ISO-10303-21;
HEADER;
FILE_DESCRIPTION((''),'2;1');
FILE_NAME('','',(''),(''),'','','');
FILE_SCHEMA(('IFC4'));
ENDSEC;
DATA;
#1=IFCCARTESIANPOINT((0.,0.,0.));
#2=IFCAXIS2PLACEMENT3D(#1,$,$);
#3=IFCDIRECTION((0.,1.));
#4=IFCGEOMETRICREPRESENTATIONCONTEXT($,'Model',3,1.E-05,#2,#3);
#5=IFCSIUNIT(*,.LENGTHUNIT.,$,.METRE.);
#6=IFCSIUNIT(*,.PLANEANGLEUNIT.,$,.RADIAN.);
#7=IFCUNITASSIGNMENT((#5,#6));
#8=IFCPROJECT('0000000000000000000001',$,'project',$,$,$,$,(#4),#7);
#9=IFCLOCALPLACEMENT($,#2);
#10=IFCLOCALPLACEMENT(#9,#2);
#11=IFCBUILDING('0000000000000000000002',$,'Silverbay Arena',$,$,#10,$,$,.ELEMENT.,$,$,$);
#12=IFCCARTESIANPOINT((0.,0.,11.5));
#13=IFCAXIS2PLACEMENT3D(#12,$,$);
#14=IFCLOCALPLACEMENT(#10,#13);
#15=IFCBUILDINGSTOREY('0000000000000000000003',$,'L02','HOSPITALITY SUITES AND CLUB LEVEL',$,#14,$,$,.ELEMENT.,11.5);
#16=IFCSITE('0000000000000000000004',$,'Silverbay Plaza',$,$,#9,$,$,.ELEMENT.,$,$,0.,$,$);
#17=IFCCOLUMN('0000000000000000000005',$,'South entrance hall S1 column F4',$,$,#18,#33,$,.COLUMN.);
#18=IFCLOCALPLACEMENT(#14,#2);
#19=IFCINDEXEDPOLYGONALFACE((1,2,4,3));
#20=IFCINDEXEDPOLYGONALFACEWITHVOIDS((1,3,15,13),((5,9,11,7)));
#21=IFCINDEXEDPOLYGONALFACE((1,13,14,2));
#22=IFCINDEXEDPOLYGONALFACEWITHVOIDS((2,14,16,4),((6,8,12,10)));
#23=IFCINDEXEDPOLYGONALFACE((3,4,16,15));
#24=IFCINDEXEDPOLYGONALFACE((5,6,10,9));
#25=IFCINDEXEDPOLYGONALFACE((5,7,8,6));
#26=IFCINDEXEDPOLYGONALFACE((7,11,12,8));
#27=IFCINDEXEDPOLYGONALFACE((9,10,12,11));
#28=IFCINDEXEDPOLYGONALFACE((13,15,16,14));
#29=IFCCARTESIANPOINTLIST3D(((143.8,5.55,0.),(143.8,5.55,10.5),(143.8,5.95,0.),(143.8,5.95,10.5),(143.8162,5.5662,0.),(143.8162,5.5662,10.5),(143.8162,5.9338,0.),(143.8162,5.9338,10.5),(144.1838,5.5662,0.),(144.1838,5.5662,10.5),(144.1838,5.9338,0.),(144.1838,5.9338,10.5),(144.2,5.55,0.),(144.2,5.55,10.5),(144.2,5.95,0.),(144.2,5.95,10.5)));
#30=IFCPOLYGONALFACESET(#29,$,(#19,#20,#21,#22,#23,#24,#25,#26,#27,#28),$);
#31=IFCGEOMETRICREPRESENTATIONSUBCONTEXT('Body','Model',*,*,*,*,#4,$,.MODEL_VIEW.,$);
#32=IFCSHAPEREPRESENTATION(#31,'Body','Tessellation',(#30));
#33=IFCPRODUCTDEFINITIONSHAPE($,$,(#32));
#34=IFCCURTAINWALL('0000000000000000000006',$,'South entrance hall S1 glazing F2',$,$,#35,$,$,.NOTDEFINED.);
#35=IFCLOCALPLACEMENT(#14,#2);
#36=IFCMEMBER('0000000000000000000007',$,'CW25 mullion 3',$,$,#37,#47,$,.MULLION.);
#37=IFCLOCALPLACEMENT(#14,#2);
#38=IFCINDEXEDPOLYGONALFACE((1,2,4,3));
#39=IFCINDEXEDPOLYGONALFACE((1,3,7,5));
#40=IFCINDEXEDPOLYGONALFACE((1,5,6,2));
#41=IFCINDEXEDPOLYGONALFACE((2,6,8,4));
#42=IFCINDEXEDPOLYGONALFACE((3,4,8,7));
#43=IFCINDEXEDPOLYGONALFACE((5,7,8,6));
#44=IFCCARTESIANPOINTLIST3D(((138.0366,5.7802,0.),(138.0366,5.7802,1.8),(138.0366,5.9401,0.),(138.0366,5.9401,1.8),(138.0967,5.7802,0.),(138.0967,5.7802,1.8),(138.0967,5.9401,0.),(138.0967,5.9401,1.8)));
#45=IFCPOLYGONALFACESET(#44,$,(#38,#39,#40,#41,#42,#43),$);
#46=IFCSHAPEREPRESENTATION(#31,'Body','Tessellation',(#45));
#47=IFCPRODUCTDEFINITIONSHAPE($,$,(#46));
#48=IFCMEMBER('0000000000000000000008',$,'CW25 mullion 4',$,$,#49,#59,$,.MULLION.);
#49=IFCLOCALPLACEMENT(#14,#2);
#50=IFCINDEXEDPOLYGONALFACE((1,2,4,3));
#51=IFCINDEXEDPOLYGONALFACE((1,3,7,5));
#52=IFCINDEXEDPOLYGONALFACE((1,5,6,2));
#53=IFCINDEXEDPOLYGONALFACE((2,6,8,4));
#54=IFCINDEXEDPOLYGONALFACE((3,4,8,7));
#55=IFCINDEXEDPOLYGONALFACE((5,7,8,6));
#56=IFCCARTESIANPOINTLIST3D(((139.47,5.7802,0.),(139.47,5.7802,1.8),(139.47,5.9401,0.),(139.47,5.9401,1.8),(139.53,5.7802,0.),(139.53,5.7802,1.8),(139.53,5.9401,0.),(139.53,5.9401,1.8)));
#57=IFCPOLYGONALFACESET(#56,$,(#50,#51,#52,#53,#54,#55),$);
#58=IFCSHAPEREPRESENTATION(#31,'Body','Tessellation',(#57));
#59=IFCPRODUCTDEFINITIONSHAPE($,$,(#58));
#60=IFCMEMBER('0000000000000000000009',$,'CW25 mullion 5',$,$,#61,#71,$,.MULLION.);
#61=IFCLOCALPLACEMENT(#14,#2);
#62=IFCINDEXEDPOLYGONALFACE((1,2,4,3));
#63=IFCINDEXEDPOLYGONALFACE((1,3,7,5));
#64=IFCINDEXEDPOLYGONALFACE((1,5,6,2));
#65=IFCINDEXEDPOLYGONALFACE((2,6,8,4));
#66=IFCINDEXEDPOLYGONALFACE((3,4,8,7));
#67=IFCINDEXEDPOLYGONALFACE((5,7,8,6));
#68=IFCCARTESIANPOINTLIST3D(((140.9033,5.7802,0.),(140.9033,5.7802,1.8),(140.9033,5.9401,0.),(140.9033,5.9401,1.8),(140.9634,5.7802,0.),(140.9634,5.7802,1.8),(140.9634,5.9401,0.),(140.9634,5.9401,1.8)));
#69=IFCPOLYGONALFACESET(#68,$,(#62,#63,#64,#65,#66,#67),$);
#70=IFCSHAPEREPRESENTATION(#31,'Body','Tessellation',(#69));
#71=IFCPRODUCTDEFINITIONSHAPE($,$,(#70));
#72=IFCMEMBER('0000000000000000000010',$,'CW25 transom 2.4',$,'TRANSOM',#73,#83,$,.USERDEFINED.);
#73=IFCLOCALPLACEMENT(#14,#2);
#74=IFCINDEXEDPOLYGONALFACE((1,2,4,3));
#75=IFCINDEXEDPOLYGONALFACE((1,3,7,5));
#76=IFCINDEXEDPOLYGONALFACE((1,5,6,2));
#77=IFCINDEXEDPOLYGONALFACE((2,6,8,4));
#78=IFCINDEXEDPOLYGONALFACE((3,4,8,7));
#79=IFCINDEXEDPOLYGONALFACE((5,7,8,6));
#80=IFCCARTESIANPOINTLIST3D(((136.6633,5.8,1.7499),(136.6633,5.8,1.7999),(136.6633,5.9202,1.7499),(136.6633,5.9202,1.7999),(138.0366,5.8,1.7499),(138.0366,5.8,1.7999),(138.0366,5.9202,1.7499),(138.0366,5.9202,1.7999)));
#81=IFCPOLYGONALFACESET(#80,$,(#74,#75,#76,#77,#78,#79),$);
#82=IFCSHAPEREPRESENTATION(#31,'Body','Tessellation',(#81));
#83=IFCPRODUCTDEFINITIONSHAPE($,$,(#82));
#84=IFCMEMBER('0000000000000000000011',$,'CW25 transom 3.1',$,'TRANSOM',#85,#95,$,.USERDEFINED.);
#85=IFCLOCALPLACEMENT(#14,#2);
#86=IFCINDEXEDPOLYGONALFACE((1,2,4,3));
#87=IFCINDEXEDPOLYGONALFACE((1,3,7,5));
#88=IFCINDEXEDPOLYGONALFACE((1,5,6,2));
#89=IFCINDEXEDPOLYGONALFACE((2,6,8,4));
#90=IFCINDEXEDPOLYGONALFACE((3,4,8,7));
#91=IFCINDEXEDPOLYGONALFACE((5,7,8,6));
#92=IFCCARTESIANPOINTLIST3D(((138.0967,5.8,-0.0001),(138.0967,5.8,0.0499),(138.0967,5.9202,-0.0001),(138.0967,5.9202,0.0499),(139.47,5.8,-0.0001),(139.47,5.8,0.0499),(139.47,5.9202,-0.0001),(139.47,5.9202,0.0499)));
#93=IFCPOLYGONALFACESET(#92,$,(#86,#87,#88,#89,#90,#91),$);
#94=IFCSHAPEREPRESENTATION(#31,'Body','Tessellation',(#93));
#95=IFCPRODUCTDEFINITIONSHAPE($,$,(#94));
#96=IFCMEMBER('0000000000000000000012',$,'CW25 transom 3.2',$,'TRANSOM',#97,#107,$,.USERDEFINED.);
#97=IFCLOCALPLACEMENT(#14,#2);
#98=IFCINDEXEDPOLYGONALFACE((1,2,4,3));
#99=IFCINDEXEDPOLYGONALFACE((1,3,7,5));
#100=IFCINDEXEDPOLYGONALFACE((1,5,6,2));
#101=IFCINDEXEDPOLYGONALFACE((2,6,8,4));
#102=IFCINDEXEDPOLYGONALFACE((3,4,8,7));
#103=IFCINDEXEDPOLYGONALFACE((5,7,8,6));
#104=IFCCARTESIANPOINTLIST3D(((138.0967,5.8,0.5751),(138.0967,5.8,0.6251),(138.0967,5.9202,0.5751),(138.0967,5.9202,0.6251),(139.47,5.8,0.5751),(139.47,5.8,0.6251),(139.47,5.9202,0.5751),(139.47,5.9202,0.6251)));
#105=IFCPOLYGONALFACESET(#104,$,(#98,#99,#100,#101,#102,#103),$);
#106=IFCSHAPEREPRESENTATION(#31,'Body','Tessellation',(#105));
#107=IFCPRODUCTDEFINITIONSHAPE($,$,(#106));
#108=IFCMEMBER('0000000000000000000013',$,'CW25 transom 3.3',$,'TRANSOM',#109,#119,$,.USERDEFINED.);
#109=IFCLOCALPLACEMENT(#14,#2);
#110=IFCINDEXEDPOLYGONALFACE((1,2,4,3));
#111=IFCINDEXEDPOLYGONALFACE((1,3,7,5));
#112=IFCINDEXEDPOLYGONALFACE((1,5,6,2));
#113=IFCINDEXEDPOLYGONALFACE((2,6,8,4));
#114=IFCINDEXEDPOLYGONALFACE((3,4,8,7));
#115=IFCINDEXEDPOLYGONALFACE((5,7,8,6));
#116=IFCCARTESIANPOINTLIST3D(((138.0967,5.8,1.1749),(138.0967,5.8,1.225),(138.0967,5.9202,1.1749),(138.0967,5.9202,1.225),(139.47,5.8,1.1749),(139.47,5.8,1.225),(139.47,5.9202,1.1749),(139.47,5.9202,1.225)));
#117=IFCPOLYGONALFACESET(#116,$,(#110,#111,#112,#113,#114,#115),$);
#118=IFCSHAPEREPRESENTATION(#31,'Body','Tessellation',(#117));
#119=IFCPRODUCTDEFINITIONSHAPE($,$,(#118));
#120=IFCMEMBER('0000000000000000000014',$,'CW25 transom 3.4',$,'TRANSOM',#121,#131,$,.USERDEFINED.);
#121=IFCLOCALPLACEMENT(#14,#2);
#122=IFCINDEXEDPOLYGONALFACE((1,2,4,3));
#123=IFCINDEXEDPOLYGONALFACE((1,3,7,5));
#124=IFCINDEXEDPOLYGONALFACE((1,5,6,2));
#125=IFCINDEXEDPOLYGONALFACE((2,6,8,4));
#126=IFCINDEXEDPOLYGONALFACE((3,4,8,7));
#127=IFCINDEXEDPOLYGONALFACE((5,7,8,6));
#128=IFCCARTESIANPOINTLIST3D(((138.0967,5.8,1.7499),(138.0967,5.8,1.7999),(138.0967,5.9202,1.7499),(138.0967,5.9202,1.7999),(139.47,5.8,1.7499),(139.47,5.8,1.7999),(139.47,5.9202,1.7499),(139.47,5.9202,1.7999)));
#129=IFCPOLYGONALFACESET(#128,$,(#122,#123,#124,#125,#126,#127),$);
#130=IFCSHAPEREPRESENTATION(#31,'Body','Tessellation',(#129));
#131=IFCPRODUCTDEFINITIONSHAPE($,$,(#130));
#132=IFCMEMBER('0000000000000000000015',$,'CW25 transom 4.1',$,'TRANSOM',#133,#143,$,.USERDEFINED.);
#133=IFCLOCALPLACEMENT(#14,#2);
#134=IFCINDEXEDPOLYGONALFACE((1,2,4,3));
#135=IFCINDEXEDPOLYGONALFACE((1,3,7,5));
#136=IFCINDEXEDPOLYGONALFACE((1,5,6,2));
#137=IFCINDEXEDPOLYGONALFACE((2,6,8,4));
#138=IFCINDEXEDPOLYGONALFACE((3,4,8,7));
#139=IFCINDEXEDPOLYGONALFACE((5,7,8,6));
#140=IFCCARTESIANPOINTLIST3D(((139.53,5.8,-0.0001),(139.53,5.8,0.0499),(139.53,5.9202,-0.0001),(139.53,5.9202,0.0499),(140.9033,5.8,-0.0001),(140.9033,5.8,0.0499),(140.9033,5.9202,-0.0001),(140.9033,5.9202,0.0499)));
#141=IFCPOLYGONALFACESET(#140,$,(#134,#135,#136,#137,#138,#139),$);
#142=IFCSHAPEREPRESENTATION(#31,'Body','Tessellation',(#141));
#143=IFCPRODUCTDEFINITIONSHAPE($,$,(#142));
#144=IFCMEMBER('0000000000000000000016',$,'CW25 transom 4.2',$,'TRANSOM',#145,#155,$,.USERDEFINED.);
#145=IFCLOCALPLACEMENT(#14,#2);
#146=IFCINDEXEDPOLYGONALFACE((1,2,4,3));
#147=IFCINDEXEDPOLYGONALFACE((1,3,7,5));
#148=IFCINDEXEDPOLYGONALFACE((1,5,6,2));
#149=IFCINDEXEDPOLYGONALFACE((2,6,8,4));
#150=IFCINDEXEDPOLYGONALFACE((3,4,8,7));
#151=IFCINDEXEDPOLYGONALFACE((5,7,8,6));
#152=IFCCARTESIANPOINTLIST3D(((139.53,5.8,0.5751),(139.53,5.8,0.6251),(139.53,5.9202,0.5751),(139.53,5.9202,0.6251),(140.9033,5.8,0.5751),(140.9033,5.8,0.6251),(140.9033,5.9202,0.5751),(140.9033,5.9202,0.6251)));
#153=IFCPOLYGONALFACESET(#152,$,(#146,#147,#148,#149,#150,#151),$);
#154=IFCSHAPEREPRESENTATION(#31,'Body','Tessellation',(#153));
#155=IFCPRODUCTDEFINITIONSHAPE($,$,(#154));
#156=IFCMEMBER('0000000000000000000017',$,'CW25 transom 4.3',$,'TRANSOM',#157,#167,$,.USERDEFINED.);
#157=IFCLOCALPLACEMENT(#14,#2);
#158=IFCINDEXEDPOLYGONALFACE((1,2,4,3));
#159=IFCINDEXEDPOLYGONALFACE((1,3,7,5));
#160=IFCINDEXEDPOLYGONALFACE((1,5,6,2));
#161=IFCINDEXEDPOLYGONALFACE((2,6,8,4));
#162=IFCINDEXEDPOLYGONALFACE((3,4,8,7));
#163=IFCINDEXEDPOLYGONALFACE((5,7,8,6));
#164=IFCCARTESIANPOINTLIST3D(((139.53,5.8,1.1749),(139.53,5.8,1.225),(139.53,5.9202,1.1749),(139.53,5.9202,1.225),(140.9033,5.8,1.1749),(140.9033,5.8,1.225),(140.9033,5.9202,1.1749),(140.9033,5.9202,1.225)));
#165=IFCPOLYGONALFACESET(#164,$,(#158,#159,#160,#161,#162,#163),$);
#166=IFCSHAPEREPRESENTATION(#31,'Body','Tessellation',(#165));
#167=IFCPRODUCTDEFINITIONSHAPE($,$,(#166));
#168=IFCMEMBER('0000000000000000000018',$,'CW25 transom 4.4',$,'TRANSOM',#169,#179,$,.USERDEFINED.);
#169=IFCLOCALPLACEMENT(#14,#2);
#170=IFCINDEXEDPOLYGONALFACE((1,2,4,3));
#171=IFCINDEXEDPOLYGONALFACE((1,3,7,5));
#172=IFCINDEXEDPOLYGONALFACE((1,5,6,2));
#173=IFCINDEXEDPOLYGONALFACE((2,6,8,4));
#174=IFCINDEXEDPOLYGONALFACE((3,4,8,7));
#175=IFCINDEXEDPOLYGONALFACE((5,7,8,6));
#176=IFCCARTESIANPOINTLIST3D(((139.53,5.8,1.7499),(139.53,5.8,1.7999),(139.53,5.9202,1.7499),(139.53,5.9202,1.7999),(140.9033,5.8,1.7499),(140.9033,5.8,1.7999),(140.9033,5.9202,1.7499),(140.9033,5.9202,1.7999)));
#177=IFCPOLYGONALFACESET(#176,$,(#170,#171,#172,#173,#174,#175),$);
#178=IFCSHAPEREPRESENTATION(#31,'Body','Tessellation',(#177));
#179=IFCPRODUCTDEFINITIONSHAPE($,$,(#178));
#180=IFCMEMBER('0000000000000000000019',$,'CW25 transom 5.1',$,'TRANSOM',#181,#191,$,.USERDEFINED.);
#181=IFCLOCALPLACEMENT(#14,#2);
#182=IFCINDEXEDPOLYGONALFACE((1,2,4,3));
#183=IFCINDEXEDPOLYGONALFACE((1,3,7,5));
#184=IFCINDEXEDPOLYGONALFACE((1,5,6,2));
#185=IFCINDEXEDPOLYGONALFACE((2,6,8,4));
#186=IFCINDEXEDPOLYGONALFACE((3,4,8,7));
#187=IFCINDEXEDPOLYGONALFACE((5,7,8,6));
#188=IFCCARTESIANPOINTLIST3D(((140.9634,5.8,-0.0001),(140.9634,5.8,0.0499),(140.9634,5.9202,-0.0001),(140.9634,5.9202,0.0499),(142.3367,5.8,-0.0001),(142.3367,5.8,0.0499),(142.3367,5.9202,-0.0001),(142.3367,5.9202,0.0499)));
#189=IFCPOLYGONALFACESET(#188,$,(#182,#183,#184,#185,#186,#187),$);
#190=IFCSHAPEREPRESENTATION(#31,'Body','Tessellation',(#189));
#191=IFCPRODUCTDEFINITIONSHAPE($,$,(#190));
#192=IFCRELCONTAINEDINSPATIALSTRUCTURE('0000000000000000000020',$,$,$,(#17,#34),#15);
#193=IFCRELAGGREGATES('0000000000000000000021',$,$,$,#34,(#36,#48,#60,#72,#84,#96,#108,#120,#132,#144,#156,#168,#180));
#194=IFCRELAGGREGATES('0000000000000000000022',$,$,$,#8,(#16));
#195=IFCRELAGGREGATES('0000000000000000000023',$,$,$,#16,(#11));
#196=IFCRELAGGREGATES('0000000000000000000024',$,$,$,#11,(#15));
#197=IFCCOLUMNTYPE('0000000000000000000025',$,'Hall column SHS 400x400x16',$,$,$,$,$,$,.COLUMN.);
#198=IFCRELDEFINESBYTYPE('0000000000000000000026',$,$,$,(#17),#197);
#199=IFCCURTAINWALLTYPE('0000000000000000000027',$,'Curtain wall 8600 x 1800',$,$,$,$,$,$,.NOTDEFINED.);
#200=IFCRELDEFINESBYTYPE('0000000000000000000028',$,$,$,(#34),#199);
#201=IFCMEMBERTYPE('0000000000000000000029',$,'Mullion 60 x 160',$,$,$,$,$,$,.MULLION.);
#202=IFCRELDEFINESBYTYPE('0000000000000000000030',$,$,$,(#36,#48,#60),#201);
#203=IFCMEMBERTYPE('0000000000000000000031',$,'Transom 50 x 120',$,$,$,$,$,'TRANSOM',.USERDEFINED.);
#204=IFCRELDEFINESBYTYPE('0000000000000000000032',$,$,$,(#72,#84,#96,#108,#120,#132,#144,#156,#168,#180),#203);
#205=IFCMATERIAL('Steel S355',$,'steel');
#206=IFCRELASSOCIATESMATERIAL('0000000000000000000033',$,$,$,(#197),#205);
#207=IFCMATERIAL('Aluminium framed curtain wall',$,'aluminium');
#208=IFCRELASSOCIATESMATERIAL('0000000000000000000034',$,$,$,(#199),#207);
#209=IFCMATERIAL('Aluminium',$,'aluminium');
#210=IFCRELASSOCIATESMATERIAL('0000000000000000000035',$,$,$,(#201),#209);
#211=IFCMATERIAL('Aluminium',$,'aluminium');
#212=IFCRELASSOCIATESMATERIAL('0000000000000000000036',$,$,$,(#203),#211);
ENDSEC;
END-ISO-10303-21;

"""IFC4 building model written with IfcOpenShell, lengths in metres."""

from ifc_helpers import new_model, si_unit, direction, frame, origin, origin_2d, place, context, subcontext, project, spatial, rectangle, hollow_rectangle, extrude, material, material_profile, profile_set, type_object, element, aggregate, save


model = new_model("IFC4")

# Units and contexts
model_context = context("Model", 3, precision=1e-05, world=origin(), true_north=direction((0.0, 1.0)))
body_context = subcontext(model_context, "Body", "Model", "MODEL_VIEW")
ifc_project = project(units=[si_unit("LENGTHUNIT", "METRE"), si_unit("PLANEANGLEUNIT", "RADIAN")], contexts=[model_context])

# Site, building, storey
site_placement = place(None, origin())
site = spatial("IfcSite", under=ifc_project, at=site_placement, Name="Silverbay Plaza", CompositionType="ELEMENT", RefElevation=0.0)
building_placement = place(site_placement, origin())
building = spatial("IfcBuilding", under=site, at=building_placement, Name="Silverbay Arena", CompositionType="ELEMENT")
storey_placement = place(building_placement, frame((0.0, 0.0, 11.5)))
storey = spatial("IfcBuildingStorey", under=building, at=storey_placement, Name="L02", Description="HOSPITALITY SUITES AND CLUB LEVEL", CompositionType="ELEMENT", Elevation=11.5)

# Column
ifc_material_1 = material(Name="Steel S355", Category="steel")
ifc_material_profile_1 = material_profile(ifc_material_1, hollow_rectangle(XDim=0.3999, YDim=0.3999, WallThickness=0.0161, at=origin_2d()), Name="SHS 400x400x16")
ifc_profile_set_1 = profile_set([ifc_material_profile_1], Name="Steel S355")
column_type = type_object("IfcColumnType", Name="Hall column SHS 400x400x16", PredefinedType="COLUMN", material=ifc_profile_set_1)
column_placement = place(storey_placement, frame((144.0, 5.75, 0.0), z_axis=(0.0, 0.0, 1.0), x_axis=(1.0, 0.0, 0.0)))
element("IfcColumn", 1, at=column_placement, inside=storey, type_object=column_type, Name="South entrance hall S1 column F4", PredefinedType="COLUMN", context=body_context, shape_type="SweptSolid", body=[
    extrude(hollow_rectangle(XDim=0.3999, YDim=0.3999, WallThickness=0.0161, at=origin_2d()), origin(), (0.0, 0.0, 1.0), 10.5),
])

# Curtain wall, members
ifc_material_2 = material(Name="Aluminium framed curtain wall", Category="aluminium")
curtain_wall_type = type_object("IfcCurtainWallType", Name="Curtain wall 8600 x 1800", PredefinedType="NOTDEFINED", material=ifc_material_2)
curtain_wall_placement = place(storey_placement, origin())
curtain_wall = element("IfcCurtainWall", 2, at=curtain_wall_placement, inside=storey, type_object=curtain_wall_type, Name="South entrance hall S1 glazing F2", PredefinedType="NOTDEFINED")
ifc_material_3 = material(Name="Aluminium", Category="aluminium")
ifc_material_profile_2 = material_profile(ifc_material_3, rectangle(XDim=0.1599, YDim=0.0601, at=origin_2d()), Name="Mullion 60 x 160")
ifc_profile_set_2 = profile_set([ifc_material_profile_2], Name="Aluminium")
member_type_1 = type_object("IfcMemberType", Name="Mullion 60 x 160", PredefinedType="MULLION", material=ifc_profile_set_2)
member_1_placement = place(storey_placement, frame((138.0667, 5.8601, 0.0), z_axis=(0.0, 0.0, 1.0), x_axis=(0.0, 1.0, 0.0)))
member_1 = element("IfcMember", 3, at=member_1_placement, type_object=member_type_1, Name="CW25 mullion 3", PredefinedType="MULLION", context=body_context, shape_type="SweptSolid", body=[
    extrude(rectangle(XDim=0.1599, YDim=0.0601, at=origin_2d()), origin(), (0.0, 0.0, 1.0), 1.8),
])
member_2_placement = place(storey_placement, frame((139.5, 5.8601, 0.0), z_axis=(0.0, 0.0, 1.0), x_axis=(0.0, 1.0, 0.0)))
member_2 = element("IfcMember", 4, at=member_2_placement, type_object=member_type_1, Name="CW25 mullion 4", PredefinedType="MULLION", context=body_context, shape_type="SweptSolid", body=[
    extrude(rectangle(XDim=0.1599, YDim=0.0601, at=origin_2d()), origin(), (0.0, 0.0, 1.0), 1.8),
])
member_3_placement = place(storey_placement, frame((140.9333, 5.8601, 0.0), z_axis=(0.0, 0.0, 1.0), x_axis=(0.0, 1.0, 0.0)))
member_3 = element("IfcMember", 5, at=member_3_placement, type_object=member_type_1, Name="CW25 mullion 5", PredefinedType="MULLION", context=body_context, shape_type="SweptSolid", body=[
    extrude(rectangle(XDim=0.1599, YDim=0.0601, at=origin_2d()), origin(), (0.0, 0.0, 1.0), 1.8),
])
ifc_material_4 = material(Name="Aluminium", Category="aluminium")
ifc_material_profile_3 = material_profile(ifc_material_4, rectangle(XDim=0.1201, YDim=0.05, at=origin_2d()), Name="Transom 50 x 120")
ifc_profile_set_3 = profile_set([ifc_material_profile_3], Name="Aluminium")
member_type_2 = type_object("IfcMemberType", Name="Transom 50 x 120", ElementType="TRANSOM", PredefinedType="USERDEFINED", material=ifc_profile_set_3)
member_4_placement = place(storey_placement, frame((136.6633, 5.8601, 1.7749), z_axis=(1.0, 0.0, 0.0), x_axis=(0.0, 1.0, 0.0)))
member_4 = element("IfcMember", 6, at=member_4_placement, type_object=member_type_2, Name="CW25 transom 2.4", ObjectType="TRANSOM", PredefinedType="USERDEFINED", context=body_context, shape_type="SweptSolid", body=[
    extrude(rectangle(XDim=0.1201, YDim=0.05, at=origin_2d()), origin(), (0.0, 0.0, 1.0), 1.3733),
])
member_5_placement = place(storey_placement, frame((138.0967, 5.8601, 0.0249), z_axis=(1.0, 0.0, 0.0), x_axis=(0.0, 1.0, 0.0)))
member_5 = element("IfcMember", 7, at=member_5_placement, type_object=member_type_2, Name="CW25 transom 3.1", ObjectType="TRANSOM", PredefinedType="USERDEFINED", context=body_context, shape_type="SweptSolid", body=[
    extrude(rectangle(XDim=0.1201, YDim=0.05, at=origin_2d()), origin(), (0.0, 0.0, 1.0), 1.3733),
])
member_6_placement = place(storey_placement, frame((138.0967, 5.8601, 0.6001), z_axis=(1.0, 0.0, 0.0), x_axis=(0.0, 1.0, 0.0)))
member_6 = element("IfcMember", 8, at=member_6_placement, type_object=member_type_2, Name="CW25 transom 3.2", ObjectType="TRANSOM", PredefinedType="USERDEFINED", context=body_context, shape_type="SweptSolid", body=[
    extrude(rectangle(XDim=0.1201, YDim=0.05, at=origin_2d()), origin(), (0.0, 0.0, 1.0), 1.3733),
])
member_7_placement = place(storey_placement, frame((138.0967, 5.8601, 1.2), z_axis=(1.0, 0.0, 0.0), x_axis=(0.0, 1.0, 0.0)))
member_7 = element("IfcMember", 9, at=member_7_placement, type_object=member_type_2, Name="CW25 transom 3.3", ObjectType="TRANSOM", PredefinedType="USERDEFINED", context=body_context, shape_type="SweptSolid", body=[
    extrude(rectangle(XDim=0.1201, YDim=0.05, at=origin_2d()), origin(), (0.0, 0.0, 1.0), 1.3733),
])
member_8_placement = place(storey_placement, frame((138.0967, 5.8601, 1.7749), z_axis=(1.0, 0.0, 0.0), x_axis=(0.0, 1.0, 0.0)))
member_8 = element("IfcMember", 10, at=member_8_placement, type_object=member_type_2, Name="CW25 transom 3.4", ObjectType="TRANSOM", PredefinedType="USERDEFINED", context=body_context, shape_type="SweptSolid", body=[
    extrude(rectangle(XDim=0.1201, YDim=0.05, at=origin_2d()), origin(), (0.0, 0.0, 1.0), 1.3733),
])
member_9_placement = place(storey_placement, frame((139.53, 5.8601, 0.0249), z_axis=(1.0, 0.0, 0.0), x_axis=(0.0, 1.0, 0.0)))
member_9 = element("IfcMember", 11, at=member_9_placement, type_object=member_type_2, Name="CW25 transom 4.1", ObjectType="TRANSOM", PredefinedType="USERDEFINED", context=body_context, shape_type="SweptSolid", body=[
    extrude(rectangle(XDim=0.1201, YDim=0.05, at=origin_2d()), origin(), (0.0, 0.0, 1.0), 1.3733),
])
member_10_placement = place(storey_placement, frame((139.53, 5.8601, 0.6001), z_axis=(1.0, 0.0, 0.0), x_axis=(0.0, 1.0, 0.0)))
member_10 = element("IfcMember", 12, at=member_10_placement, type_object=member_type_2, Name="CW25 transom 4.2", ObjectType="TRANSOM", PredefinedType="USERDEFINED", context=body_context, shape_type="SweptSolid", body=[
    extrude(rectangle(XDim=0.1201, YDim=0.05, at=origin_2d()), origin(), (0.0, 0.0, 1.0), 1.3733),
])
member_11_placement = place(storey_placement, frame((139.53, 5.8601, 1.2), z_axis=(1.0, 0.0, 0.0), x_axis=(0.0, 1.0, 0.0)))
member_11 = element("IfcMember", 13, at=member_11_placement, type_object=member_type_2, Name="CW25 transom 4.3", ObjectType="TRANSOM", PredefinedType="USERDEFINED", context=body_context, shape_type="SweptSolid", body=[
    extrude(rectangle(XDim=0.1201, YDim=0.05, at=origin_2d()), origin(), (0.0, 0.0, 1.0), 1.3733),
])
member_12_placement = place(storey_placement, frame((139.53, 5.8601, 1.7749), z_axis=(1.0, 0.0, 0.0), x_axis=(0.0, 1.0, 0.0)))
member_12 = element("IfcMember", 14, at=member_12_placement, type_object=member_type_2, Name="CW25 transom 4.4", ObjectType="TRANSOM", PredefinedType="USERDEFINED", context=body_context, shape_type="SweptSolid", body=[
    extrude(rectangle(XDim=0.1201, YDim=0.05, at=origin_2d()), origin(), (0.0, 0.0, 1.0), 1.3733),
])
member_13_placement = place(storey_placement, frame((140.9634, 5.8601, 0.0249), z_axis=(1.0, 0.0, 0.0), x_axis=(0.0, 1.0, 0.0)))
member_13 = element("IfcMember", 15, at=member_13_placement, type_object=member_type_2, Name="CW25 transom 5.1", ObjectType="TRANSOM", PredefinedType="USERDEFINED", context=body_context, shape_type="SweptSolid", body=[
    extrude(rectangle(XDim=0.1201, YDim=0.05, at=origin_2d()), origin(), (0.0, 0.0, 1.0), 1.3733),
])
aggregate(curtain_wall, [member_1, member_2, member_3, member_4, member_5, member_6, member_7, member_8, member_9, member_10, member_11, member_12, member_13])

save(model, "model.ifc")
